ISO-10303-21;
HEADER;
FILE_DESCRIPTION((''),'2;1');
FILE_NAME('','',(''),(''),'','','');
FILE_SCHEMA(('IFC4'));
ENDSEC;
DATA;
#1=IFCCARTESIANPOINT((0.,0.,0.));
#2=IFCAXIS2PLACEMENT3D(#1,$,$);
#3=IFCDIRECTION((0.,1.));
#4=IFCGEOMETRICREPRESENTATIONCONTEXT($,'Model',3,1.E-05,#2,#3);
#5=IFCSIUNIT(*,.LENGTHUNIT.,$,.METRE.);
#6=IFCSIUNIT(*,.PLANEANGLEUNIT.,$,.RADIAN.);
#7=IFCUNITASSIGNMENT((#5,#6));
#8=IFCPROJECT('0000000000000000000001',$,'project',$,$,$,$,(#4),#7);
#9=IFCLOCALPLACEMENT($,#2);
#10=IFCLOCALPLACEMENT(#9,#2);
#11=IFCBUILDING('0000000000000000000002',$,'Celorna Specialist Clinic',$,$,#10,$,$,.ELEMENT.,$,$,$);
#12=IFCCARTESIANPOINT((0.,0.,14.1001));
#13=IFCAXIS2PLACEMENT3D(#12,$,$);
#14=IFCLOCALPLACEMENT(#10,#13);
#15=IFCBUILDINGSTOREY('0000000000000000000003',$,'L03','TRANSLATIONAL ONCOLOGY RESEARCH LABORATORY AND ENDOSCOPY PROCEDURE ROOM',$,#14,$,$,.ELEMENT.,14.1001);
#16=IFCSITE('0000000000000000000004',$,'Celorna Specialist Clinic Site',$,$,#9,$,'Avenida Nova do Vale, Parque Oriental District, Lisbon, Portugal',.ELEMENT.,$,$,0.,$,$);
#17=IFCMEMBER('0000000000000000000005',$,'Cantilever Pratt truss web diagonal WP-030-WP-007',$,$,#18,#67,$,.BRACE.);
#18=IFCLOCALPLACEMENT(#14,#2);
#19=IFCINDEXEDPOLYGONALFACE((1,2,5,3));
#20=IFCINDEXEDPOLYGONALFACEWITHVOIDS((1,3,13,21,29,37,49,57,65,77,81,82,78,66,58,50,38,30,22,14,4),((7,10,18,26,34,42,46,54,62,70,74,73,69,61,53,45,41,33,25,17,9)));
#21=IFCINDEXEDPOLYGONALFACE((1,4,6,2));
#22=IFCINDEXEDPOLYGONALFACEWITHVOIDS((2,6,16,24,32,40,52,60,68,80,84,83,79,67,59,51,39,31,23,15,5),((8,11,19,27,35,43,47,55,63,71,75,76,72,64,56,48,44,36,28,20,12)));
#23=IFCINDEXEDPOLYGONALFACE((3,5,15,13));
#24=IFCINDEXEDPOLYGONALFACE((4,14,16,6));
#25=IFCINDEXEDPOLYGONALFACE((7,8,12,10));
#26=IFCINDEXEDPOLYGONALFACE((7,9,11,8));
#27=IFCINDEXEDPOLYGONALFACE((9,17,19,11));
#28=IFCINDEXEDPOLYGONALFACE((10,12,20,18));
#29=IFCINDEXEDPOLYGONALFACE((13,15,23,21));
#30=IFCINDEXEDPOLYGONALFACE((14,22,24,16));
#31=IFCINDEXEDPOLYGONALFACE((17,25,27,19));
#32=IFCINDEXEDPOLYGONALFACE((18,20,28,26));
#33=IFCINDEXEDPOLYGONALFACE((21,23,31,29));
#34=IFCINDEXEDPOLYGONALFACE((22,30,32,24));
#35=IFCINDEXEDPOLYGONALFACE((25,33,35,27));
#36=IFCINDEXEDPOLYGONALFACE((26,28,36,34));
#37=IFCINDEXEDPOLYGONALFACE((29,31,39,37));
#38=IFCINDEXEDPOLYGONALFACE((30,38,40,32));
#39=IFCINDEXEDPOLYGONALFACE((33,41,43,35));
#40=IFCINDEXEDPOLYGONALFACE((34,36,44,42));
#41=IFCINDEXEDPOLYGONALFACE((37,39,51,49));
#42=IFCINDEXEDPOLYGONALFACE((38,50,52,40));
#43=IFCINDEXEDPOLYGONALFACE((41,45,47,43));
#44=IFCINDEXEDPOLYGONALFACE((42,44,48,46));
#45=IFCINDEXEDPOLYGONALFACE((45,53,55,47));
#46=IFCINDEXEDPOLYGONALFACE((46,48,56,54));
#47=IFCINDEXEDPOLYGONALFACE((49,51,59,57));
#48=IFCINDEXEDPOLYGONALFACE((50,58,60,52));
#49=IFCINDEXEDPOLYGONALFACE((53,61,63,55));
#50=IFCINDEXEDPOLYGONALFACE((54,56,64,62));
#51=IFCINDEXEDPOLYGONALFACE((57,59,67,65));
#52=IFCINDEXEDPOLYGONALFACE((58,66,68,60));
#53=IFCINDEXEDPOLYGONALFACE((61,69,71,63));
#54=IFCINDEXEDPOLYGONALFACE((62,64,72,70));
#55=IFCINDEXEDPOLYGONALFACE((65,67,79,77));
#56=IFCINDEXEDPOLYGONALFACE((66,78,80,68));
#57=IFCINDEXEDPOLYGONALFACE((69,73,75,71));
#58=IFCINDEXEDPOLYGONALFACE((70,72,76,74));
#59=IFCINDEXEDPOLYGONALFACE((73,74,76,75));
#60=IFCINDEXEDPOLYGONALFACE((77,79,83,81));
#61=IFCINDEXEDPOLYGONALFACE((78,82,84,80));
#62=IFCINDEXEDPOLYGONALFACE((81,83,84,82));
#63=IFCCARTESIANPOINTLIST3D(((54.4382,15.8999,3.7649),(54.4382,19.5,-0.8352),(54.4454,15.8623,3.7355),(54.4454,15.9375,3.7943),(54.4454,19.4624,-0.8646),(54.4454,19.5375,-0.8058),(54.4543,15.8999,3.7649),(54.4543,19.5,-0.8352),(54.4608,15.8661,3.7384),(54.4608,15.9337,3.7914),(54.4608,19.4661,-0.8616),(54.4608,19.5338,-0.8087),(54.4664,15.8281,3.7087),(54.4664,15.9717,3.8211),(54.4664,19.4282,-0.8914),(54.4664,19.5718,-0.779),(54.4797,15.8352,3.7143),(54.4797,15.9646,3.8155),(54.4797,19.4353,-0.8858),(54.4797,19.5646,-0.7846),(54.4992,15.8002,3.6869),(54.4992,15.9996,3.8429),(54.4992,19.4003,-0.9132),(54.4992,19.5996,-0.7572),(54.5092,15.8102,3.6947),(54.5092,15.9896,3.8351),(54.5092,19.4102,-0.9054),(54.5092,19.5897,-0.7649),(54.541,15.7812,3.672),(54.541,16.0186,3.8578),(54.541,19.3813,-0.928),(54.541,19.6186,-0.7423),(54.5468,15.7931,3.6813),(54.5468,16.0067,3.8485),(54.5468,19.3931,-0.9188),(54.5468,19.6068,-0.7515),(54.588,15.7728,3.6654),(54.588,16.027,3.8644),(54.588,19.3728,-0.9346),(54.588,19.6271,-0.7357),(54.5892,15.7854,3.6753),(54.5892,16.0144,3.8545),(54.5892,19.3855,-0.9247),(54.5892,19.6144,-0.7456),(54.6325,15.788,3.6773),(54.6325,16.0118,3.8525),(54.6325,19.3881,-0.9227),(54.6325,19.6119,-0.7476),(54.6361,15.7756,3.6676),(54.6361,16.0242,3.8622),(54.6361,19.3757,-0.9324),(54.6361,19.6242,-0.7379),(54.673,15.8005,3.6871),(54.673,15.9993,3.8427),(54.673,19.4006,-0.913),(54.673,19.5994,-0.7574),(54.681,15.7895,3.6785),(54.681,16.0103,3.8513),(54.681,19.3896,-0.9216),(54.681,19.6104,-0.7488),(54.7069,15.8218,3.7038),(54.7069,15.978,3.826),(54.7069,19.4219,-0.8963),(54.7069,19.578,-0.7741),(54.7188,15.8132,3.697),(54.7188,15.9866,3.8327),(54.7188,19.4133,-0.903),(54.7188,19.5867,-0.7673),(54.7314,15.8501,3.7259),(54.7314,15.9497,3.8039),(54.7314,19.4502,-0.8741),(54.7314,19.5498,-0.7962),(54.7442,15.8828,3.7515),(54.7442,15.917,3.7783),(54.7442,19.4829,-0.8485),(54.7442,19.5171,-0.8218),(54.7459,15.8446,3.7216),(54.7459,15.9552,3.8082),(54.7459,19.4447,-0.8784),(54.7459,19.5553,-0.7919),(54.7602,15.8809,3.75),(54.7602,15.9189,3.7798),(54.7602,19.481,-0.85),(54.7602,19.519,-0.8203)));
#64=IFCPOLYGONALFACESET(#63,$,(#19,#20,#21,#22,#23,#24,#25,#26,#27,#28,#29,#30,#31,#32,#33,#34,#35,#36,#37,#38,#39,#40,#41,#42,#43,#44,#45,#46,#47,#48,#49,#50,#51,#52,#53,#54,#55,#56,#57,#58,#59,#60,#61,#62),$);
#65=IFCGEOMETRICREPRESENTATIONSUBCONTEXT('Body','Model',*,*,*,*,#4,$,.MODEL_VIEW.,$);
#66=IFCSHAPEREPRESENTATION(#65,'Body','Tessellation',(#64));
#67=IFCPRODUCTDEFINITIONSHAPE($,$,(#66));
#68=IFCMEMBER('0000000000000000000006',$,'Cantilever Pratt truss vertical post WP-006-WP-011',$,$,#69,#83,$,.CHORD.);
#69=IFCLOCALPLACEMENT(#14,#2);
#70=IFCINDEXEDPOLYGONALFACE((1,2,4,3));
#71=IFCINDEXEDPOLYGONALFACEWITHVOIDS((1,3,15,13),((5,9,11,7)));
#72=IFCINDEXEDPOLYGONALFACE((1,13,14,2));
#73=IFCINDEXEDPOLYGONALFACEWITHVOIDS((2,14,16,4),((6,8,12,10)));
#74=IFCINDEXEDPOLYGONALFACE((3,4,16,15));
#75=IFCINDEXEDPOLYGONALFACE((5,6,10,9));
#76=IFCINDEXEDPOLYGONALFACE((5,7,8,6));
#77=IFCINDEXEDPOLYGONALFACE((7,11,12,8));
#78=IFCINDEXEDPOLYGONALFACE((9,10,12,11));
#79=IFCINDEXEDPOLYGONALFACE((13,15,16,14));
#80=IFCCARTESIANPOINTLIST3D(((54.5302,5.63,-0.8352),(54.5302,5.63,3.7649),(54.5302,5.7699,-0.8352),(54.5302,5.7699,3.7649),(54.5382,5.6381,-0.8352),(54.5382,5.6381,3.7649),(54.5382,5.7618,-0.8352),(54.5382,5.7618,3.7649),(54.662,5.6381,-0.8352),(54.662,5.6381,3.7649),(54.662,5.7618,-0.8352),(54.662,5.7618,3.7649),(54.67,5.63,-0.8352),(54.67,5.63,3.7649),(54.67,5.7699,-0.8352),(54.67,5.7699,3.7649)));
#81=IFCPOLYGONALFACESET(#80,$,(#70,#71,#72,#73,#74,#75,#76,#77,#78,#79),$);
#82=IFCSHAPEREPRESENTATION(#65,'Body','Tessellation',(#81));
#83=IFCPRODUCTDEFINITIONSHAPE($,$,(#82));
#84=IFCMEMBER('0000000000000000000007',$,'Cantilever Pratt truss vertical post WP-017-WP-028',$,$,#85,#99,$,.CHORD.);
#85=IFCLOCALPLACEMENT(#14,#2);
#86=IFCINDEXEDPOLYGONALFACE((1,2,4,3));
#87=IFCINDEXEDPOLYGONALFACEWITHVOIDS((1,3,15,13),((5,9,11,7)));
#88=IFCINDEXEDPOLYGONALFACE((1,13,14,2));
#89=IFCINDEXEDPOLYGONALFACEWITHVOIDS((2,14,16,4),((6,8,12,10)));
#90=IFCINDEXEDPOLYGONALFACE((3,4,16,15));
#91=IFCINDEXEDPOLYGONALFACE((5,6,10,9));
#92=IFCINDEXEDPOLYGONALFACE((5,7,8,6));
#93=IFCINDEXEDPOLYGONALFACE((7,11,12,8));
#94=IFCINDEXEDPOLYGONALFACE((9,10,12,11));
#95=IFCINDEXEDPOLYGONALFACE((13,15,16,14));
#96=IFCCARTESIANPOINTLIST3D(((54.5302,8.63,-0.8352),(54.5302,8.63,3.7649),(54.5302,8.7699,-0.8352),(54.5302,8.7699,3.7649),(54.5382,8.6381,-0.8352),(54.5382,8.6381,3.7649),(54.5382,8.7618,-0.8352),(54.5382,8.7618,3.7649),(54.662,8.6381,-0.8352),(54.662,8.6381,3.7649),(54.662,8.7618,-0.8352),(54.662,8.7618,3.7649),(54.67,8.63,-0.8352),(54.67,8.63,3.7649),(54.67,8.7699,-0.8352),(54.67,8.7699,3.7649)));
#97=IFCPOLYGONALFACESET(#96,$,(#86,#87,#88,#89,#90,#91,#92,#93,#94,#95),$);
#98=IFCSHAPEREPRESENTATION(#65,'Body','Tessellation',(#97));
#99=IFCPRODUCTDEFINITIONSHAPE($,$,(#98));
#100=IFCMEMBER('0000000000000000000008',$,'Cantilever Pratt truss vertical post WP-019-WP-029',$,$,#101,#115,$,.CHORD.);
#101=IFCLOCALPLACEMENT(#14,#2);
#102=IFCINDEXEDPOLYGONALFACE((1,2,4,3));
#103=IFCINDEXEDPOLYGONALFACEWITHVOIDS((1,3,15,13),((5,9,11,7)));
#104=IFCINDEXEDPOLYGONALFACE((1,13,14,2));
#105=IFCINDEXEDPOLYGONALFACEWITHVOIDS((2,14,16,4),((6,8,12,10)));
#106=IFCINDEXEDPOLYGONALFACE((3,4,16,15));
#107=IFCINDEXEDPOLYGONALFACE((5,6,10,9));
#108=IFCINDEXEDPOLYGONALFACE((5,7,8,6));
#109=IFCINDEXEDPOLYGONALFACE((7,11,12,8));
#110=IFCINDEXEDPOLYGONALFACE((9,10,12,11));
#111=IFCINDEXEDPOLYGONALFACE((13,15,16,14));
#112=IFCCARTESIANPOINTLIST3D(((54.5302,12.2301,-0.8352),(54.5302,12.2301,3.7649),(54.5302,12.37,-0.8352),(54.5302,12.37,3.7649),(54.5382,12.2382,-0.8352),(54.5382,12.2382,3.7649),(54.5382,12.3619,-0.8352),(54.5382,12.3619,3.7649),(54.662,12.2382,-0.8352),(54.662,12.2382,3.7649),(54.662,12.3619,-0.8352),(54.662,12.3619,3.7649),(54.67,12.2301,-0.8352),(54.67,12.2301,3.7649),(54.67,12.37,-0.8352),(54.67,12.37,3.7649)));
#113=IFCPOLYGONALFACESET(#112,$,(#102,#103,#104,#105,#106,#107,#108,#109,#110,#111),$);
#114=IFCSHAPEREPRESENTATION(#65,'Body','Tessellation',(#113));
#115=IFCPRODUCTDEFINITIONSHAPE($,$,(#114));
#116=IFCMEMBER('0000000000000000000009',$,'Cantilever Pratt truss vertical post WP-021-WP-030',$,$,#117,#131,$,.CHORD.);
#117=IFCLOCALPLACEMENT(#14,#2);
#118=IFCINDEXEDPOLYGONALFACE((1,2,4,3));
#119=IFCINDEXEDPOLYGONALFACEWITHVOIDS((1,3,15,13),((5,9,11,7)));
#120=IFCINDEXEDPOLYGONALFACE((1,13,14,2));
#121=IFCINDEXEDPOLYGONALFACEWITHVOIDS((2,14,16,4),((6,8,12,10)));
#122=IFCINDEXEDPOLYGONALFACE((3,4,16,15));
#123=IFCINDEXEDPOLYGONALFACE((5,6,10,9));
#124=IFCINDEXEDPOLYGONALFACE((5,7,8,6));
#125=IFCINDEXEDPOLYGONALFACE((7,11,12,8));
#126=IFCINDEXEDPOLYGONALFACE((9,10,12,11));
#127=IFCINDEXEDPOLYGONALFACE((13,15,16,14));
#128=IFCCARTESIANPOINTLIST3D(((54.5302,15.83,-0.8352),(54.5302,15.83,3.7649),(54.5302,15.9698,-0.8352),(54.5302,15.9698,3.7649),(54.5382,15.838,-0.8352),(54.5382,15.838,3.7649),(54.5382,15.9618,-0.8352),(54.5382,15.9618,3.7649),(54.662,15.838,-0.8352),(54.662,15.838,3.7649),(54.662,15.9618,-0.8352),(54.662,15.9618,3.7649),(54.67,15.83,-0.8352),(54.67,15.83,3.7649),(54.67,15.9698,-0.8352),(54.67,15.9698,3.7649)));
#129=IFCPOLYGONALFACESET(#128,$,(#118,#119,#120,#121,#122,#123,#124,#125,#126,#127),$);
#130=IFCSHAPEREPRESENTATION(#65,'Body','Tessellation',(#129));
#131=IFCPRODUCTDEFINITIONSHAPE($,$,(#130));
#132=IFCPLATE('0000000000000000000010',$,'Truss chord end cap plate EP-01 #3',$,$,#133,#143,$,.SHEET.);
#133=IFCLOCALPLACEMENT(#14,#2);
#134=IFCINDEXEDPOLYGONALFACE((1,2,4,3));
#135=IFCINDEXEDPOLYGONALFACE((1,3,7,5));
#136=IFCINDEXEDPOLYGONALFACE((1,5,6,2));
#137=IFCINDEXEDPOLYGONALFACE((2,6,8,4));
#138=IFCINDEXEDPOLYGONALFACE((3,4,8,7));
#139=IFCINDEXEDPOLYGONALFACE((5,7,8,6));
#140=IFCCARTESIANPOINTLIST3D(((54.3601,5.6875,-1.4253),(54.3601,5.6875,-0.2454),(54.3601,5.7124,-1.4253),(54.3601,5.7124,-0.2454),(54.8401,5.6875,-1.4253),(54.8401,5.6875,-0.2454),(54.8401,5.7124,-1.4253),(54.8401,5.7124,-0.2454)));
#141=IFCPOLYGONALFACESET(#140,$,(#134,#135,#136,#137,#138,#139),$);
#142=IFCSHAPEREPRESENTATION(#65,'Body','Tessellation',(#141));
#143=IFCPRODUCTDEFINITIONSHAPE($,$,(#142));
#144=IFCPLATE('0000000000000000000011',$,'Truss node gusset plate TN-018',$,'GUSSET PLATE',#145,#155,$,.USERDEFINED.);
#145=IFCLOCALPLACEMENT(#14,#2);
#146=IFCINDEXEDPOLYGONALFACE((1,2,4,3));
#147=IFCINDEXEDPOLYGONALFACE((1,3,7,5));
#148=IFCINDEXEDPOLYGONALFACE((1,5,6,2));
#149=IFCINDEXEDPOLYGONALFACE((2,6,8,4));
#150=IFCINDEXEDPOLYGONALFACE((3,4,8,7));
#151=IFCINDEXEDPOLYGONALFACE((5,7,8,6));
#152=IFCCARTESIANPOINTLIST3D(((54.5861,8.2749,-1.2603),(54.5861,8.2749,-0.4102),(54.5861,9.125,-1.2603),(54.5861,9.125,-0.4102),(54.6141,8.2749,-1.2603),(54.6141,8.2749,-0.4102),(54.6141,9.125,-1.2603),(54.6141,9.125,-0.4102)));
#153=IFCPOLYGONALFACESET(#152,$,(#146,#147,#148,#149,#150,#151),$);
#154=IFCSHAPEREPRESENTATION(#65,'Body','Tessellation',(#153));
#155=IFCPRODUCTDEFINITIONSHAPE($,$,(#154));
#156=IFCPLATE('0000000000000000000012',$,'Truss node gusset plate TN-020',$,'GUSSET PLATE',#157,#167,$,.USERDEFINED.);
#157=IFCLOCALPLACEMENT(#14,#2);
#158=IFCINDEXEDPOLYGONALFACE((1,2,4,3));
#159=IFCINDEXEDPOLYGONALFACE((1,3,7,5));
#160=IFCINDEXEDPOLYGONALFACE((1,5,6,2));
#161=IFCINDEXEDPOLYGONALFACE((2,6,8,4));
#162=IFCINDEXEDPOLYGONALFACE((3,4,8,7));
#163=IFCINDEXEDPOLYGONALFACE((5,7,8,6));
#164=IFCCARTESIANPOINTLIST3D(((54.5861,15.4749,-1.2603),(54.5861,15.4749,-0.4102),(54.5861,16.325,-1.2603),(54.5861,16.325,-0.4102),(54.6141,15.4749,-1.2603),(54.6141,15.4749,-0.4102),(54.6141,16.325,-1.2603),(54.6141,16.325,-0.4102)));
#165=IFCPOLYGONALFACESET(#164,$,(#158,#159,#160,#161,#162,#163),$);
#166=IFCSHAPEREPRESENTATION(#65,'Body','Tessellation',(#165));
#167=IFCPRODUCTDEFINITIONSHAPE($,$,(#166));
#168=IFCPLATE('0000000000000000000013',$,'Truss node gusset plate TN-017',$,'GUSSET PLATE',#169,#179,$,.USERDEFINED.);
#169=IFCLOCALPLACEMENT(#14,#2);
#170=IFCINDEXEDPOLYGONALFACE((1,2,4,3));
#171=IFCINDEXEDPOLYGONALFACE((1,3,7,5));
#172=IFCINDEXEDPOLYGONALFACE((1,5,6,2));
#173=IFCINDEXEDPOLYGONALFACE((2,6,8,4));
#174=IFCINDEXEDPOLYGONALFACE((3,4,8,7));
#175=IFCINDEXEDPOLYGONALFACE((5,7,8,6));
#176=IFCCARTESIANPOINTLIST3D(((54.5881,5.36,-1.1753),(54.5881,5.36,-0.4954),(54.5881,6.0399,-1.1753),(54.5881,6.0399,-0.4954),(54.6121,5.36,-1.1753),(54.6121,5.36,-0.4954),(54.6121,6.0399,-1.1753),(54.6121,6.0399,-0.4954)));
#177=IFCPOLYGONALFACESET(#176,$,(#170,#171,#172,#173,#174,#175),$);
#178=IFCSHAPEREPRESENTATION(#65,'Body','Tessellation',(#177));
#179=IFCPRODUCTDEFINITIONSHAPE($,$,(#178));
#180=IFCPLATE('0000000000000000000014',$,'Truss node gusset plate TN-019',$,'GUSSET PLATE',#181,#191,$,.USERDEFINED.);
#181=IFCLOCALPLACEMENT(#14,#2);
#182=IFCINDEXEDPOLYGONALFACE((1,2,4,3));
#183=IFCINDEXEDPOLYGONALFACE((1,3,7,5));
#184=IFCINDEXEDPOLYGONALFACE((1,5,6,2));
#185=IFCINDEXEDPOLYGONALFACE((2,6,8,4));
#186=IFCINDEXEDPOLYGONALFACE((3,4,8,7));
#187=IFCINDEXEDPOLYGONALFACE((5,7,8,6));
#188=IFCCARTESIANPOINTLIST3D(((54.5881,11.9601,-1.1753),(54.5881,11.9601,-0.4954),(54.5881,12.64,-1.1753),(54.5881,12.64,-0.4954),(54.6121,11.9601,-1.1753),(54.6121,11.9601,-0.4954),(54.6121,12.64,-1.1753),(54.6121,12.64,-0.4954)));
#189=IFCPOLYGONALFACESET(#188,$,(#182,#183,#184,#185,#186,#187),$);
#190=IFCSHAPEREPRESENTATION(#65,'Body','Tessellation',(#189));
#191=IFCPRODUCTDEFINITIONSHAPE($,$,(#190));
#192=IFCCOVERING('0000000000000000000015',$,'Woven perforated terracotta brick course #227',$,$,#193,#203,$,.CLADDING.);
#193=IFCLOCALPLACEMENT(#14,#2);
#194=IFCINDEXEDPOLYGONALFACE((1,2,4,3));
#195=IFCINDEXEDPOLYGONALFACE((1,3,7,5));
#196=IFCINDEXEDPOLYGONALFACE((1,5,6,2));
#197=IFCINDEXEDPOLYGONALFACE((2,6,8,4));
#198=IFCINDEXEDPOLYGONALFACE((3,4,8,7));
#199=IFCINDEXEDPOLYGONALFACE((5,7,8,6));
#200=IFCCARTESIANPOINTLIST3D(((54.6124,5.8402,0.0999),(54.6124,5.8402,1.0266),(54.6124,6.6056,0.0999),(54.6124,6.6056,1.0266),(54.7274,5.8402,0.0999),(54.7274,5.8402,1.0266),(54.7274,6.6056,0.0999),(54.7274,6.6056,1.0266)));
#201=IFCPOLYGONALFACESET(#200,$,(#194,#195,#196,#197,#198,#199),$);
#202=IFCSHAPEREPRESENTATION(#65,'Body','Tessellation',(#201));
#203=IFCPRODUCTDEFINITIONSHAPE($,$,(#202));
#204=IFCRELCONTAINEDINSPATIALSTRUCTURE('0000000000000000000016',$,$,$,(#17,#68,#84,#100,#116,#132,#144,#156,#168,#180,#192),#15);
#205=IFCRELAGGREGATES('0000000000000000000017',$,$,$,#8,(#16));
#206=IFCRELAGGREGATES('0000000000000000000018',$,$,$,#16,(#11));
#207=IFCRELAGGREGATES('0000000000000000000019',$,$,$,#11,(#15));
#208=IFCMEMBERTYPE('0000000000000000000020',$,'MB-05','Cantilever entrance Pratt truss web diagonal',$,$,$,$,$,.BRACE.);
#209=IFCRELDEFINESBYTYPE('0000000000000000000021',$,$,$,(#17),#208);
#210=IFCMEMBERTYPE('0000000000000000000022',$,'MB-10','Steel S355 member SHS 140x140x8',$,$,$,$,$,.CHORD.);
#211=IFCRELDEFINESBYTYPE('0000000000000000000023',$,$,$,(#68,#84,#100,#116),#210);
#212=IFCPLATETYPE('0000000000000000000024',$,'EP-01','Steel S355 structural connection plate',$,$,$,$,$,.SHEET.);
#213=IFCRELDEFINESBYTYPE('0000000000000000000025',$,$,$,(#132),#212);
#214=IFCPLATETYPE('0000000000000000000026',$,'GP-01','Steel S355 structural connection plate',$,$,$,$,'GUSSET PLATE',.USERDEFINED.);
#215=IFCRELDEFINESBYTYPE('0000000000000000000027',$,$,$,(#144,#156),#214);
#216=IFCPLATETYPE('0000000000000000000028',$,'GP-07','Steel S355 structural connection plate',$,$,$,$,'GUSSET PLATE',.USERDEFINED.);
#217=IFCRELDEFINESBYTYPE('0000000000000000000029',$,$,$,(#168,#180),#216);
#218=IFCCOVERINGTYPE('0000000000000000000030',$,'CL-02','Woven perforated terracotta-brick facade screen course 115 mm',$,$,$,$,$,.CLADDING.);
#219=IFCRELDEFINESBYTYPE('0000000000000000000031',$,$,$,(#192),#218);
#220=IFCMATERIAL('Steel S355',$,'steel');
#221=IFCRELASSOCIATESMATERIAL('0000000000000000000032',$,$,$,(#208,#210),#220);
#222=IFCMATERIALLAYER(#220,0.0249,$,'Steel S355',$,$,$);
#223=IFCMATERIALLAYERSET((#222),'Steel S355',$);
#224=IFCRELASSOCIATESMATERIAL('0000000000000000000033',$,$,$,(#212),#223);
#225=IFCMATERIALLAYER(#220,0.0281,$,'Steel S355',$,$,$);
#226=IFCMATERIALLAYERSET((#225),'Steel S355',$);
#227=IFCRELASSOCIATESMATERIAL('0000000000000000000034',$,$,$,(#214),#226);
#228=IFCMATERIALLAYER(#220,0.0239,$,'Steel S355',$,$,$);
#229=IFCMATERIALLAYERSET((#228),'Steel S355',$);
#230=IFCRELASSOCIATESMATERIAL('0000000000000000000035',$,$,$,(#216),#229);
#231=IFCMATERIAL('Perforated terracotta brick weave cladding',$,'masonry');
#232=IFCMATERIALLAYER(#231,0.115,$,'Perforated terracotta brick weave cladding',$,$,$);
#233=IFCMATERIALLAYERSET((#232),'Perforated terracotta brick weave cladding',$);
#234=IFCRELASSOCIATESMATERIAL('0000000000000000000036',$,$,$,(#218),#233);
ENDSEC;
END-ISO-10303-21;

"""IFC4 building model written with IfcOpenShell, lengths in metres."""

from ifc_helpers import new_model, si_unit, direction, frame, origin, origin_2d, place, context, subcontext, project, spatial, rectangle, hollow_rectangle, hollow_circle, extrude, material, layer, layer_set, material_profile, profile_set, type_object, element, save


model = new_model("IFC4")

# Units and contexts
model_context = context("Model", 3, precision=1e-05, world=origin(), true_north=direction((0.0, 1.0)))
body_context = subcontext(model_context, "Body", "Model", "MODEL_VIEW")
ifc_project = project(units=[si_unit("LENGTHUNIT", "METRE"), si_unit("PLANEANGLEUNIT", "RADIAN")], contexts=[model_context])

# Site, building, storey
site_placement = place(None, origin())
site = spatial("IfcSite", under=ifc_project, at=site_placement, Name="Celorna Specialist Clinic Site", LongName="Avenida Nova do Vale, Parque Oriental District, Lisbon, Portugal", CompositionType="ELEMENT", RefElevation=0.0)
building_placement = place(site_placement, origin())
building = spatial("IfcBuilding", under=site, at=building_placement, Name="Celorna Specialist Clinic", CompositionType="ELEMENT")
storey_placement = place(building_placement, frame((0.0, 0.0, 14.1001)))
storey = spatial("IfcBuildingStorey", under=building, at=storey_placement, Name="L03", Description="TRANSLATIONAL ONCOLOGY RESEARCH LABORATORY AND ENDOSCOPY PROCEDURE ROOM", CompositionType="ELEMENT", Elevation=14.1001)

# Shared definitions
ifc_material_1 = material(Name="Steel S355", Category="steel")

# Members
ifc_material_profile_1 = material_profile(ifc_material_1, hollow_circle(Radius=0.1619, WallThickness=0.0161, at=origin_2d()), Name="CHS 323.9x16")
ifc_profile_set_1 = profile_set([ifc_material_profile_1], Name="Steel S355")
member_type_1 = type_object("IfcMemberType", Name="MB-05", Description="Cantilever entrance Pratt truss web diagonal", PredefinedType="BRACE", material=ifc_profile_set_1)
for number, where, z_axis, x_axis, name in (
    (1, (54.6001, 15.8999, 3.7649), (0.0, 0.616311, -0.787503), (-1.0, 0.0, 0.0), "Cantilever Pratt truss web diagonal WP-030-WP-007"),
):
    element("IfcMember", number, at=place(storey_placement, frame(where, z_axis=z_axis, x_axis=x_axis)), inside=storey, type_object=member_type_1, Name=name, PredefinedType="BRACE", context=body_context, shape_type="SweptSolid", body=[
        extrude(hollow_circle(Radius=0.1619, WallThickness=0.0161, at=origin_2d()), origin(), (0.0, 0.0, 1.0), 5.8413),
    ])
ifc_material_profile_2 = material_profile(ifc_material_1, hollow_rectangle(XDim=0.1399, YDim=0.1399, WallThickness=0.0081, at=origin_2d()), Name="SHS 140x140x8")
ifc_profile_set_2 = profile_set([ifc_material_profile_2], Name="Steel S355")
member_type_2 = type_object("IfcMemberType", Name="MB-10", Description="Steel S355 member SHS 140x140x8", PredefinedType="CHORD", material=ifc_profile_set_2)
for number, where, z_axis, x_axis, name in (
    (2, (54.6001, 5.7, -0.8352), (0.0, 0.0, 1.0), (1.0, 0.0, 0.0), "Cantilever Pratt truss vertical post WP-006-WP-011"),
    (3, (54.6001, 8.7, -0.8352), (0.0, 0.0, 1.0), (1.0, 0.0, 0.0), "Cantilever Pratt truss vertical post WP-017-WP-028"),
    (4, (54.6001, 12.3, -0.8352), (0.0, 0.0, 1.0), (1.0, 0.0, 0.0), "Cantilever Pratt truss vertical post WP-019-WP-029"),
    (5, (54.6001, 15.8999, -0.8352), (0.0, 0.0, 1.0), (1.0, 0.0, 0.0), "Cantilever Pratt truss vertical post WP-021-WP-030"),
):
    element("IfcMember", number, at=place(storey_placement, frame(where, z_axis=z_axis, x_axis=x_axis)), inside=storey, type_object=member_type_2, Name=name, PredefinedType="CHORD", context=body_context, shape_type="SweptSolid", body=[
        extrude(hollow_rectangle(XDim=0.1399, YDim=0.1399, WallThickness=0.0081, at=origin_2d()), origin(), (0.0, 0.0, 1.0), 4.6001),
    ])

# Plates
ifc_layer_1 = layer(ifc_material_1, 0.0249, Name="Steel S355")
ifc_layer_set_1 = layer_set([ifc_layer_1], Name="Steel S355")
plate_type_1 = type_object("IfcPlateType", Name="EP-01", Description="Steel S355 structural connection plate", PredefinedType="SHEET", material=ifc_layer_set_1)
plate_placement = place(storey_placement, frame((54.6001, 5.7, -1.4253), z_axis=(0.0, 0.0, 1.0), x_axis=(1.0, 0.0, 0.0)))
element("IfcPlate", 6, at=plate_placement, inside=storey, type_object=plate_type_1, Name="Truss chord end cap plate EP-01 #3", PredefinedType="SHEET", context=body_context, shape_type="SweptSolid", body=[
    extrude(rectangle(XDim=0.48, YDim=0.0249, at=origin_2d()), origin(), (0.0, 0.0, 1.0), 1.1799),
])
ifc_layer_2 = layer(ifc_material_1, 0.0281, Name="Steel S355")
ifc_layer_set_2 = layer_set([ifc_layer_2], Name="Steel S355")
plate_type_2 = type_object("IfcPlateType", Name="GP-01", Description="Steel S355 structural connection plate", ElementType="GUSSET PLATE", PredefinedType="USERDEFINED", material=ifc_layer_set_2)
for number, where, z_axis, x_axis, name in (
    (7, (54.6001, 8.7, -1.2603), (0.0, 0.0, 1.0), (0.0, 1.0, 0.0), "Truss node gusset plate TN-018"),
    (8, (54.6001, 15.8999, -1.2603), (0.0, 0.0, 1.0), (0.0, 1.0, 0.0), "Truss node gusset plate TN-020"),
):
    element("IfcPlate", number, at=place(storey_placement, frame(where, z_axis=z_axis, x_axis=x_axis)), inside=storey, type_object=plate_type_2, Name=name, ObjectType="GUSSET PLATE", PredefinedType="USERDEFINED", context=body_context, shape_type="SweptSolid", body=[
        extrude(rectangle(XDim=0.8501, YDim=0.0281, at=origin_2d()), origin(), (0.0, 0.0, 1.0), 0.8501),
    ])
ifc_layer_3 = layer(ifc_material_1, 0.0239, Name="Steel S355")
ifc_layer_set_3 = layer_set([ifc_layer_3], Name="Steel S355")
plate_type_3 = type_object("IfcPlateType", Name="GP-07", Description="Steel S355 structural connection plate", ElementType="GUSSET PLATE", PredefinedType="USERDEFINED", material=ifc_layer_set_3)
for number, where, z_axis, x_axis, name in (
    (9, (54.6001, 5.7, -1.1753), (0.0, 0.0, 1.0), (0.0, 1.0, 0.0), "Truss node gusset plate TN-017"),
    (10, (54.6001, 12.3, -1.1753), (0.0, 0.0, 1.0), (0.0, 1.0, 0.0), "Truss node gusset plate TN-019"),
):
    element("IfcPlate", number, at=place(storey_placement, frame(where, z_axis=z_axis, x_axis=x_axis)), inside=storey, type_object=plate_type_3, Name=name, ObjectType="GUSSET PLATE", PredefinedType="USERDEFINED", context=body_context, shape_type="SweptSolid", body=[
        extrude(rectangle(XDim=0.6799, YDim=0.0239, at=origin_2d()), origin(), (0.0, 0.0, 1.0), 0.6799),
    ])

# Covering
ifc_material_2 = material(Name="Perforated terracotta brick weave cladding", Category="masonry")
ifc_layer_4 = layer(ifc_material_2, 0.115, Name="Perforated terracotta brick weave cladding")
ifc_layer_set_4 = layer_set([ifc_layer_4], Name="Perforated terracotta brick weave cladding")
covering_type = type_object("IfcCoveringType", Name="CL-02", Description="Woven perforated terracotta-brick facade screen course 115 mm", PredefinedType="CLADDING", material=ifc_layer_set_4)
covering_1_placement = place(storey_placement, frame((54.6699, 6.2229, 0.0999), z_axis=(0.0, 0.0, 1.0), x_axis=(0.0, 1.0, 0.0)))
element("IfcCovering", 11, at=covering_1_placement, inside=storey, type_object=covering_type, Name="Woven perforated terracotta brick course #227", PredefinedType="CLADDING", context=body_context, shape_type="SweptSolid", body=[
    extrude(rectangle(XDim=0.7654, YDim=0.115, at=origin_2d()), origin(), (0.0, 0.0, 1.0), 0.9268),
])

save(model, "model.ifc")
